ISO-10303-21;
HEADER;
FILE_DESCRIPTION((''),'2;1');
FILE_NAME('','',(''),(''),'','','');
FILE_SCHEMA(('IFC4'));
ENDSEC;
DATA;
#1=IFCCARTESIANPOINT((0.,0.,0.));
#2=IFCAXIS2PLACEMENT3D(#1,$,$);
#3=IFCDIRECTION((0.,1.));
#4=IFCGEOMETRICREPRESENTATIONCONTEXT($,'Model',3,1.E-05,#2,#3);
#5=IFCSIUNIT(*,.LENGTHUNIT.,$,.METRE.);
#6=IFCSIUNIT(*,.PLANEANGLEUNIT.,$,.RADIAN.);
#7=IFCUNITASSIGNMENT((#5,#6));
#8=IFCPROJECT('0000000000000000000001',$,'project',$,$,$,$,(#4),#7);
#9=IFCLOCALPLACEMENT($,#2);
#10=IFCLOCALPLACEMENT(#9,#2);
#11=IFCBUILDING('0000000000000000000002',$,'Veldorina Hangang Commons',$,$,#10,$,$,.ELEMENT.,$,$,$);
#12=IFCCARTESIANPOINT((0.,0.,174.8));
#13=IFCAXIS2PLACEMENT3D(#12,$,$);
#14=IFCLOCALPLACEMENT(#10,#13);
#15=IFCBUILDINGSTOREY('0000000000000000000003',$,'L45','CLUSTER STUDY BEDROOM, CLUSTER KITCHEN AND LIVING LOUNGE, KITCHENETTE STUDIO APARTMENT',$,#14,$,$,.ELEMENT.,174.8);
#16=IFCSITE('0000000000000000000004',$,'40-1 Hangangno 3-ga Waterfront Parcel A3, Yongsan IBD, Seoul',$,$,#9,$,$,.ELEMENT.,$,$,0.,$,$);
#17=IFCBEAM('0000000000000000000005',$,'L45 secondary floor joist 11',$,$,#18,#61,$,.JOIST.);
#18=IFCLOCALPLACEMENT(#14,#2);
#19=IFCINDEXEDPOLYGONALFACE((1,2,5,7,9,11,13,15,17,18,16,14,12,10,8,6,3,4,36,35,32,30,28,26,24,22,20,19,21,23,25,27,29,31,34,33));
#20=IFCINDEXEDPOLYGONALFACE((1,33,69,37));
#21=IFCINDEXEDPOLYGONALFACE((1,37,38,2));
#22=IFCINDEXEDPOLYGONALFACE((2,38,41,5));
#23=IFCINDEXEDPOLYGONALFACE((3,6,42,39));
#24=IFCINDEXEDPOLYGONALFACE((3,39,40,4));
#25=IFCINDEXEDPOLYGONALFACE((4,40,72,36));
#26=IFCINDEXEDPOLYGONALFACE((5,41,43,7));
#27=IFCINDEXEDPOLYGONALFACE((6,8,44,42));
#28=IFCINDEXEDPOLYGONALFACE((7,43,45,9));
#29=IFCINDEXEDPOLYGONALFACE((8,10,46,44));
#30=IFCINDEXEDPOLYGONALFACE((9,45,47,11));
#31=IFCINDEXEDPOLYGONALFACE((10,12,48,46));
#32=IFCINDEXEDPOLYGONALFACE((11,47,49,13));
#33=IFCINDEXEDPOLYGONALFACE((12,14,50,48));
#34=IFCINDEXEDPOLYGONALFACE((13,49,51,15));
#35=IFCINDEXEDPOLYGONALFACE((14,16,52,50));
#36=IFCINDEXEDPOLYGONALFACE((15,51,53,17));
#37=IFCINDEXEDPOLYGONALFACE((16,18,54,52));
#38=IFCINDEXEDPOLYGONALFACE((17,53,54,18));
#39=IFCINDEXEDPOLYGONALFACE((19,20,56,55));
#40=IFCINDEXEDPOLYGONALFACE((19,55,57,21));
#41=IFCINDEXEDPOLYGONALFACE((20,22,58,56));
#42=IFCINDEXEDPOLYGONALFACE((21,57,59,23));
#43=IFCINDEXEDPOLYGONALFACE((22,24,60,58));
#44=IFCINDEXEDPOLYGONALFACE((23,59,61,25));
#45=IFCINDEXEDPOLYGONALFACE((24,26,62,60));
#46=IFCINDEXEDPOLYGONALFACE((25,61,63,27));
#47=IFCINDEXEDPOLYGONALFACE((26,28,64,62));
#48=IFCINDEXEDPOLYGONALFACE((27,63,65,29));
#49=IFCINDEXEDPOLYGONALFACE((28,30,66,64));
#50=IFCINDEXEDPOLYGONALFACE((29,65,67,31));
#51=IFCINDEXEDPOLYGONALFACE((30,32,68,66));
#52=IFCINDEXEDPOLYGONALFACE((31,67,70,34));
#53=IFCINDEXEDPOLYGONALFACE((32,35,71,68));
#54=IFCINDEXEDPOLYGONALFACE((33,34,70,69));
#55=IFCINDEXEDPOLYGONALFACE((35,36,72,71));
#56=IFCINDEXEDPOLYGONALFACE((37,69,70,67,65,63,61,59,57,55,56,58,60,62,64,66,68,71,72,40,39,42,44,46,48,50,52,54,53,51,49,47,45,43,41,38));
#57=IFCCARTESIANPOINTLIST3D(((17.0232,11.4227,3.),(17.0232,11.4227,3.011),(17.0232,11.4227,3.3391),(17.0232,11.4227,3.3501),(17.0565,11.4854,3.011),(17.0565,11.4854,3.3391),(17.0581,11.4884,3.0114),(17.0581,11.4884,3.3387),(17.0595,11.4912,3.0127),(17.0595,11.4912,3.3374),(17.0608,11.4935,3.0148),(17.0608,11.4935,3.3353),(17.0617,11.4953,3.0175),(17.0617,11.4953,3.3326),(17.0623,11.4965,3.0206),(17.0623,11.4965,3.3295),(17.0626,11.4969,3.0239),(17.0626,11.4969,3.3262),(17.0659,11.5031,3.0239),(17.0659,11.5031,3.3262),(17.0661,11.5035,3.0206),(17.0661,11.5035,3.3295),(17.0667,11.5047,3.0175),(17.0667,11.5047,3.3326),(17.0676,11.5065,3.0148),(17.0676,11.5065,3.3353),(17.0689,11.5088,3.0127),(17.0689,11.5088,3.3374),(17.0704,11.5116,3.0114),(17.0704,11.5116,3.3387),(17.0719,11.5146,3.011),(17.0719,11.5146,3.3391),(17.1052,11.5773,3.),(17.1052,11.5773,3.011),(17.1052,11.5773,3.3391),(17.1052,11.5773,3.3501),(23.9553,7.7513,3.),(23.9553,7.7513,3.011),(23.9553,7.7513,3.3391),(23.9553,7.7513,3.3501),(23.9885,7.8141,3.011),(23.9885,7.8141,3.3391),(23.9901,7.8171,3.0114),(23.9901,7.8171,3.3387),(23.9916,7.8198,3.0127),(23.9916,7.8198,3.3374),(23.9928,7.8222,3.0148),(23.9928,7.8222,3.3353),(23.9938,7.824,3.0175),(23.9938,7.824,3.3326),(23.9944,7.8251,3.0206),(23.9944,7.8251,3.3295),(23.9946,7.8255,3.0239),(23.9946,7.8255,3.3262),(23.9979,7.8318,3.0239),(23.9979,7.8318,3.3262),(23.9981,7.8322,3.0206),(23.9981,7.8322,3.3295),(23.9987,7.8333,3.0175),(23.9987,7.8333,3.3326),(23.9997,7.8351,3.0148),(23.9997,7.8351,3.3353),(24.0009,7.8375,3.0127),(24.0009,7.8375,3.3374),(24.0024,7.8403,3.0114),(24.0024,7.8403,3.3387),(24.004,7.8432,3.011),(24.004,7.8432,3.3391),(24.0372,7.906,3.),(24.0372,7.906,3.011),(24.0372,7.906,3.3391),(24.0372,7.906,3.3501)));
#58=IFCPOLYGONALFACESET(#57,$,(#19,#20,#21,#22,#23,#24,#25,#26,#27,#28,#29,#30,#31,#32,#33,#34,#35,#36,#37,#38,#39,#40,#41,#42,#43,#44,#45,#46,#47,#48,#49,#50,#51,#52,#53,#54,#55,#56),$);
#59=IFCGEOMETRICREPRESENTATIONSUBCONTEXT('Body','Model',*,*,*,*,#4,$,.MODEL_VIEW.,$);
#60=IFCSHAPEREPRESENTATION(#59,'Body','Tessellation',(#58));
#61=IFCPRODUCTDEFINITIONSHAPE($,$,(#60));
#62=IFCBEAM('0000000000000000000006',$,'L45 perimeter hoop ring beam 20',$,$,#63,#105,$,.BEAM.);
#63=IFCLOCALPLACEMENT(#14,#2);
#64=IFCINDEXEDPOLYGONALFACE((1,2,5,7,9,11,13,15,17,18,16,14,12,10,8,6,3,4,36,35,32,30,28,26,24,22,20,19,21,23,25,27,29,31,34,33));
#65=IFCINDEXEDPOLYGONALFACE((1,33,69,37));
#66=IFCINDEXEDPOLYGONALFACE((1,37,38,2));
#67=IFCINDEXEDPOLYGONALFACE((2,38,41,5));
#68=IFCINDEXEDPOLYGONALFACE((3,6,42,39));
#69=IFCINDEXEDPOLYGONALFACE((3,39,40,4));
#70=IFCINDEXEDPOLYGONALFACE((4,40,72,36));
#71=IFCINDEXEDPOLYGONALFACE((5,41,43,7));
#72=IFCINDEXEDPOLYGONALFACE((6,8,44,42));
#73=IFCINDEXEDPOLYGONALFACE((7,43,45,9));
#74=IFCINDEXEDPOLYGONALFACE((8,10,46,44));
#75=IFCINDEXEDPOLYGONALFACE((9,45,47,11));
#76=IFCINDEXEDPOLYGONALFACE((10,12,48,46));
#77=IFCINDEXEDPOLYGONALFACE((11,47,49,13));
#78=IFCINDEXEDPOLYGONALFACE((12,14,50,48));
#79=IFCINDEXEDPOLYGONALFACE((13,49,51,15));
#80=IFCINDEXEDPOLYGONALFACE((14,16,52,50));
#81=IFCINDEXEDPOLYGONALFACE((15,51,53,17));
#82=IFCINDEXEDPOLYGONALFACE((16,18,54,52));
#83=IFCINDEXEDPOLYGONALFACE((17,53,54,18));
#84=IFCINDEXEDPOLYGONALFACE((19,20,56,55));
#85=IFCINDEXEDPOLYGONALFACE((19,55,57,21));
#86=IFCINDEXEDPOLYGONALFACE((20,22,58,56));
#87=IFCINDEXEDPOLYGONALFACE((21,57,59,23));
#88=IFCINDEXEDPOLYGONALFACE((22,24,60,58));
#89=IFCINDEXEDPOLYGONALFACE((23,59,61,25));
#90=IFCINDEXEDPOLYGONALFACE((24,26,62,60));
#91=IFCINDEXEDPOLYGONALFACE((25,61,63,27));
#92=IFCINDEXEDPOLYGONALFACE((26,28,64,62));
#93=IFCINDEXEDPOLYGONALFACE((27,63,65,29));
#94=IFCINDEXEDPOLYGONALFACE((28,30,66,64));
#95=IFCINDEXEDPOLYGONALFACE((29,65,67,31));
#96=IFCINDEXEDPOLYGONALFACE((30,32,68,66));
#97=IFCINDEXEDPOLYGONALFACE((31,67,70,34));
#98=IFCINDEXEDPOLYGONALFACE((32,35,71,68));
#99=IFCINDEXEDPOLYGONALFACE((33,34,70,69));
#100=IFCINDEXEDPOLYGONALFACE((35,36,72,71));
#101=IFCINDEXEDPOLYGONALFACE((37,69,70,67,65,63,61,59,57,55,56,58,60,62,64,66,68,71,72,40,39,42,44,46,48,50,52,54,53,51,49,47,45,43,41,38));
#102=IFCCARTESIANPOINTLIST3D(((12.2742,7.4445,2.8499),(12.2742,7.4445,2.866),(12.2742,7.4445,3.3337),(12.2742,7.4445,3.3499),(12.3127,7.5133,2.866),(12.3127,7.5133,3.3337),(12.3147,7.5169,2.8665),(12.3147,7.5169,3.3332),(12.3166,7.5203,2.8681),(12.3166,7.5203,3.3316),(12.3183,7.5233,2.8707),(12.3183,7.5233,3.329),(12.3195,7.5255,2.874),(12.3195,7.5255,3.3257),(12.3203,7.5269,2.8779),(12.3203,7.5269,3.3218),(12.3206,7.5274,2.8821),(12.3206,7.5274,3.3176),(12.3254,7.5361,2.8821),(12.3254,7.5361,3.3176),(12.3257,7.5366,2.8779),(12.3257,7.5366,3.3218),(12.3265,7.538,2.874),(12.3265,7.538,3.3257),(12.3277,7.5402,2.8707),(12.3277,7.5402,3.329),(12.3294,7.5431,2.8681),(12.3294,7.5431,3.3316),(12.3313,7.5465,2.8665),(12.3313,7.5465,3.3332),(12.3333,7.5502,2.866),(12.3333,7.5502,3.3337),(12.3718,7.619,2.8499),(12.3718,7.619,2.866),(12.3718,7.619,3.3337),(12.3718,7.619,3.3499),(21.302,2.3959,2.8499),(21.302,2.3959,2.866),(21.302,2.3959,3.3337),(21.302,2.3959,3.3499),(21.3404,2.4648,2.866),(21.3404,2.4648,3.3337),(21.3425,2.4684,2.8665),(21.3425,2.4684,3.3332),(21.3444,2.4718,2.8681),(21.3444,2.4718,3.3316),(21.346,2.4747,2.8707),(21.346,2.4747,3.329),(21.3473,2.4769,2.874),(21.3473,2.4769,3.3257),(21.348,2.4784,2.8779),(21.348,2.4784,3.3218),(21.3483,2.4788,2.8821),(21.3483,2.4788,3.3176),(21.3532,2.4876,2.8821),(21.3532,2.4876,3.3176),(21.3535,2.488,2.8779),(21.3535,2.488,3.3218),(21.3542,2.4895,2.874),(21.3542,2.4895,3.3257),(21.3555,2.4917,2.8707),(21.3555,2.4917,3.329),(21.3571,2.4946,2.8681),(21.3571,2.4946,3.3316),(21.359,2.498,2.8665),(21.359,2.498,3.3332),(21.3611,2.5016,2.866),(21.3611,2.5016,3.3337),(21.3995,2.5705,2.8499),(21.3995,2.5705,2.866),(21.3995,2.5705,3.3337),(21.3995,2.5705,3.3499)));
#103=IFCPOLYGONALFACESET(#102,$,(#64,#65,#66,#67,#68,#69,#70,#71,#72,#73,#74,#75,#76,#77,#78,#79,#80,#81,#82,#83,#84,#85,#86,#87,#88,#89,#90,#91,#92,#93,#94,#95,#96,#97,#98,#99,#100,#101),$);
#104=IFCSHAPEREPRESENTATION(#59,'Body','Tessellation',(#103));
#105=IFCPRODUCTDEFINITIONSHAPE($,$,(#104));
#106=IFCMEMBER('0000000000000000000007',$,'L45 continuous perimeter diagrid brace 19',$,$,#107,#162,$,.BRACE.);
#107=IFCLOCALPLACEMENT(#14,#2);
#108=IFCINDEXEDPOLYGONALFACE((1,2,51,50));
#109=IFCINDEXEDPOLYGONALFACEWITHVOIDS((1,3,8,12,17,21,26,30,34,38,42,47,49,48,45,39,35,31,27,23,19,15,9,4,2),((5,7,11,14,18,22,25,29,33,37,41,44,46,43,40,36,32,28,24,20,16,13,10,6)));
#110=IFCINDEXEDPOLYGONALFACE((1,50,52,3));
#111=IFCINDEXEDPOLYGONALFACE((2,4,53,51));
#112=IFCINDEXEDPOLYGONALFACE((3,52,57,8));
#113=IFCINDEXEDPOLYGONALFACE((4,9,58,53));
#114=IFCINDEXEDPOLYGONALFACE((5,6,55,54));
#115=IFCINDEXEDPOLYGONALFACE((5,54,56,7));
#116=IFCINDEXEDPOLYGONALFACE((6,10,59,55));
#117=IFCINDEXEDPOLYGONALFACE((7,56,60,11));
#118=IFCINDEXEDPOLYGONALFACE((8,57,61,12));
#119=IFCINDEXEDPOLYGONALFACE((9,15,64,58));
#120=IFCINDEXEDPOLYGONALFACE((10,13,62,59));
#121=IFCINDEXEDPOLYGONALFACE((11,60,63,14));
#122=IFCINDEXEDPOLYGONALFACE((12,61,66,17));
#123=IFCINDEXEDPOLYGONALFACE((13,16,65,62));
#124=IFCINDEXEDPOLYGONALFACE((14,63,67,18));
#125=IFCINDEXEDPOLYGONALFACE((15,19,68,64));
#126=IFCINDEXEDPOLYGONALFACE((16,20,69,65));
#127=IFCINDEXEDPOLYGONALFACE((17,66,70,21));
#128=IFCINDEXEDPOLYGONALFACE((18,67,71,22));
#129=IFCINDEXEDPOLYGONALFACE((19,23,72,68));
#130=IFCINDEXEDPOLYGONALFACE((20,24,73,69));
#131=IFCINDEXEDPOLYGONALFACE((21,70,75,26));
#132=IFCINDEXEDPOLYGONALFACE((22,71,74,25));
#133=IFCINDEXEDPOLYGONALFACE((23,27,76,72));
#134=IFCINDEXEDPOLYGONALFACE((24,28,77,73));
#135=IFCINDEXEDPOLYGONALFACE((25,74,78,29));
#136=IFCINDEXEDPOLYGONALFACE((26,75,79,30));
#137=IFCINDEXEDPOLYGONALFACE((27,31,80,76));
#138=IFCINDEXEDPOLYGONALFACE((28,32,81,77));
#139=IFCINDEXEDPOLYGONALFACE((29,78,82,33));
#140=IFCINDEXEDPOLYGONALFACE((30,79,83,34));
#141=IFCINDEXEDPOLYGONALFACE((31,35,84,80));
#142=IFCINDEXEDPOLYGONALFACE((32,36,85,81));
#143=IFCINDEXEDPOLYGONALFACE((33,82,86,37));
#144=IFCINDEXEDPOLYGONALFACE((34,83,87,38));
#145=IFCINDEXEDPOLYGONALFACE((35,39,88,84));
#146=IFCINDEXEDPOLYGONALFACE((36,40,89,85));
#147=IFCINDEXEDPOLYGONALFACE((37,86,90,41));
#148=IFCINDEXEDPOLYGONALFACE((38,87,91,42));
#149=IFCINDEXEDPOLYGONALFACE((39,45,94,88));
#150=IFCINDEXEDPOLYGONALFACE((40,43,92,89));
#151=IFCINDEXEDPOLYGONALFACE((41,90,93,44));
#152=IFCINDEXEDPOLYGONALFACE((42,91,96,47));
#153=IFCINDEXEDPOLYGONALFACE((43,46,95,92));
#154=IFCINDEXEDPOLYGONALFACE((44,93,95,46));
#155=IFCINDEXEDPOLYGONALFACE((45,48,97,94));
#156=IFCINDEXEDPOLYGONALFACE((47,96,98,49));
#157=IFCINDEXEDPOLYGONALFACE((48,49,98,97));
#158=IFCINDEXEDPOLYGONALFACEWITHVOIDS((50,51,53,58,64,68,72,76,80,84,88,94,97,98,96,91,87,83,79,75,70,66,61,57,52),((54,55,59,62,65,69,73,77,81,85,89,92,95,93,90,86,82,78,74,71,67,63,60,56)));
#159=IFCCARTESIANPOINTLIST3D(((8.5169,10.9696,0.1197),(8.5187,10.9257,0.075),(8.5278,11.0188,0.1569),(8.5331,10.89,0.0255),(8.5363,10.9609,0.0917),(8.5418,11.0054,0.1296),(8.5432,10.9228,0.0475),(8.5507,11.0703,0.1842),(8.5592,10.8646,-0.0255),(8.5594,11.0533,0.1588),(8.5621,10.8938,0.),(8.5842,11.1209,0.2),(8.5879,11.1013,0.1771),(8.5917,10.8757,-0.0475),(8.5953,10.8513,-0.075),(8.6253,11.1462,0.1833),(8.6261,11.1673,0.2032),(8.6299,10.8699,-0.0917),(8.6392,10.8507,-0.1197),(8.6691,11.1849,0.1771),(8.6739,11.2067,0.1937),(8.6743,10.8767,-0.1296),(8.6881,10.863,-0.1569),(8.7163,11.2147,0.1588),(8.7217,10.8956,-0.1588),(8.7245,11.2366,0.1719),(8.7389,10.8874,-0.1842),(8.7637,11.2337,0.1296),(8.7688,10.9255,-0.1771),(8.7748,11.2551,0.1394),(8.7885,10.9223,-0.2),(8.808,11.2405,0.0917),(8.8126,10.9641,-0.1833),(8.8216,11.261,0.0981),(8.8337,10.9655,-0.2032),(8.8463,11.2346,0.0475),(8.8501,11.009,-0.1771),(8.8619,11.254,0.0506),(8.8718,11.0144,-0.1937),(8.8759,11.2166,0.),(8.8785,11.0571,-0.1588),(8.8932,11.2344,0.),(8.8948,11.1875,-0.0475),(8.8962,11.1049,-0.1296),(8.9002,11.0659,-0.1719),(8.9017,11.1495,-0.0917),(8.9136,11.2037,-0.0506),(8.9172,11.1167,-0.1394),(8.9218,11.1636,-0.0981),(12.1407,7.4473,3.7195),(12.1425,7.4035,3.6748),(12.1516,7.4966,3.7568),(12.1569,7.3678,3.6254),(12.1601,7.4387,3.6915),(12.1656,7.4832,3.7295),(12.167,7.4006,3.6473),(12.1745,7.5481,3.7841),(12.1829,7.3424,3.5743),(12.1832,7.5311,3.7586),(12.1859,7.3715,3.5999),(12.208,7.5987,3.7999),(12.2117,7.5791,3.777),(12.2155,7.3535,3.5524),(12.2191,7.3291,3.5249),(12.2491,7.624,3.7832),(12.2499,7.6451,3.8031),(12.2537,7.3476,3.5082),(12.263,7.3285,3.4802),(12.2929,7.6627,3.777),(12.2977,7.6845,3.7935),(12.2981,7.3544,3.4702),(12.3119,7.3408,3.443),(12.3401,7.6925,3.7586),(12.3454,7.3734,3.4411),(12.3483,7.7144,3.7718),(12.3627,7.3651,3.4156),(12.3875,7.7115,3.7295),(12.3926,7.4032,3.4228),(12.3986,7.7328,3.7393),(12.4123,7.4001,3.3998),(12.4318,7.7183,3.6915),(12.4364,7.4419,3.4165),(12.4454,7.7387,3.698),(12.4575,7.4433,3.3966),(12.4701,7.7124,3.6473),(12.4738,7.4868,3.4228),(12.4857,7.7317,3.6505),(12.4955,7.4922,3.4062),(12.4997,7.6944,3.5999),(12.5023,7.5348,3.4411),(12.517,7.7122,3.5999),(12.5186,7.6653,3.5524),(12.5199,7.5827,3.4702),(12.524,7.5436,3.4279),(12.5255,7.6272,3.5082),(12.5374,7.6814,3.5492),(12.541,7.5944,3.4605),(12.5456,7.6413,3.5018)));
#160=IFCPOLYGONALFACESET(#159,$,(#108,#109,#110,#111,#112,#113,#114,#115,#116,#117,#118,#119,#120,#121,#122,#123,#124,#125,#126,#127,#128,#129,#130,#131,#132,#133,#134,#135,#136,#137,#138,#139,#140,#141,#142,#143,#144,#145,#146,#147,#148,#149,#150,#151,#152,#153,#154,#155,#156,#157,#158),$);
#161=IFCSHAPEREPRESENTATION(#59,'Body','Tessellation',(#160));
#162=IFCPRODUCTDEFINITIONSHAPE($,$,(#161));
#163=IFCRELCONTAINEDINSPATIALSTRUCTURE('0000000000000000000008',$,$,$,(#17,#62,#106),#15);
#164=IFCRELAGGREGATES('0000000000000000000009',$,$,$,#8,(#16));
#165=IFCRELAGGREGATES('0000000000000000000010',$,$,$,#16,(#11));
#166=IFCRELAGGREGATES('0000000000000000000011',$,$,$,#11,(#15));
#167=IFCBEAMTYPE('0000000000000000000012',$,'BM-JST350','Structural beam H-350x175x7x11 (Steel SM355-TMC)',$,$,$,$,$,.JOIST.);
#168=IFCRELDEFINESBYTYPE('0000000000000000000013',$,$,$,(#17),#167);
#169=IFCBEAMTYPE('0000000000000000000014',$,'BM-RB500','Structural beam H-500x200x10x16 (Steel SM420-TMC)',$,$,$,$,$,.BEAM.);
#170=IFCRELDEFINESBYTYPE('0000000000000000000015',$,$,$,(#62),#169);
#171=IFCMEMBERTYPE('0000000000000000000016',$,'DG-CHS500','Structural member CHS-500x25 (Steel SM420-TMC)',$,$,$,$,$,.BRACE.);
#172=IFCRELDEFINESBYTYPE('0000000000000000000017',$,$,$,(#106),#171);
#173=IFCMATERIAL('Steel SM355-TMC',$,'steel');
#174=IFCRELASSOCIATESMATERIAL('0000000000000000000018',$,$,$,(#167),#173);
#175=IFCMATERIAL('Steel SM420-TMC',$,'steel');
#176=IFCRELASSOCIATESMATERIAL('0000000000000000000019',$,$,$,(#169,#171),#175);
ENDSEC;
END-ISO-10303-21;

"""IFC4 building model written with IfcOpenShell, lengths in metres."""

from ifc_helpers import new_model, si_unit, direction, frame, origin, origin_2d, place, context, subcontext, project, spatial, hollow_circle, i_section, extrude, material, material_profile, profile_set, type_object, element, save


model = new_model("IFC4")

# Units and contexts
model_context = context("Model", 3, precision=1e-05, world=origin(), true_north=direction((0.0, 1.0)))
body_context = subcontext(model_context, "Body", "Model", "MODEL_VIEW")
ifc_project = project(units=[si_unit("LENGTHUNIT", "METRE"), si_unit("PLANEANGLEUNIT", "RADIAN")], contexts=[model_context])

# Site, building, storey
site_placement = place(None, origin())
site = spatial("IfcSite", under=ifc_project, at=site_placement, Name="40-1 Hangangno 3-ga Waterfront Parcel A3, Yongsan IBD, Seoul", CompositionType="ELEMENT", RefElevation=0.0)
building_placement = place(site_placement, origin())
building = spatial("IfcBuilding", under=site, at=building_placement, Name="Veldorina Hangang Commons", CompositionType="ELEMENT")
storey_placement = place(building_placement, frame((0.0, 0.0, 174.8)))
storey = spatial("IfcBuildingStorey", under=building, at=storey_placement, Name="L45", Description="CLUSTER STUDY BEDROOM, CLUSTER KITCHEN AND LIVING LOUNGE, KITCHENETTE STUDIO APARTMENT", CompositionType="ELEMENT", Elevation=174.8)

# Beams
ifc_material_1 = material(Name="Steel SM355-TMC", Category="steel")
ifc_material_profile_1 = material_profile(ifc_material_1, i_section(OverallWidth=0.175, OverallDepth=0.3501, WebThickness=0.0071, FlangeThickness=0.011, FilletRadius=0.0129, at=origin_2d()), Name="H-350x175x7x11")
ifc_profile_set_1 = profile_set([ifc_material_profile_1], Name="Steel SM355-TMC")
beam_type_1 = type_object("IfcBeamType", Name="BM-JST350", Description="Structural beam H-350x175x7x11 (Steel SM355-TMC)", PredefinedType="JOIST", material=ifc_profile_set_1)
beam_1_placement = place(storey_placement, frame((17.0642, 11.5, 3.175), z_axis=(0.883712, -0.468031, 0.0), x_axis=(0.468031, 0.883712, 0.0)))
element("IfcBeam", 1, at=beam_1_placement, inside=storey, type_object=beam_type_1, Name="L45 secondary floor joist 11", PredefinedType="JOIST", context=body_context, shape_type="SweptSolid", body=[
    extrude(i_section(OverallWidth=0.175, OverallDepth=0.3501, WebThickness=0.0071, FlangeThickness=0.011, FilletRadius=0.0129, at=origin_2d()), origin(), (0.0, 0.0, 1.0), 7.8442),
])
ifc_material_2 = material(Name="Steel SM420-TMC", Category="steel")
ifc_material_profile_2 = material_profile(ifc_material_2, i_section(OverallWidth=0.2, OverallDepth=0.5, WebThickness=0.01, FlangeThickness=0.0161, FilletRadius=0.0161, at=origin_2d()), Name="H-500x200x10x16")
ifc_profile_set_2 = profile_set([ifc_material_profile_2], Name="Steel SM420-TMC")
beam_type_2 = type_object("IfcBeamType", Name="BM-RB500", Description="Structural beam H-500x200x10x16 (Steel SM420-TMC)", PredefinedType="BEAM", material=ifc_profile_set_2)
beam_2_placement = place(storey_placement, frame((12.323, 7.5317, 3.0999), z_axis=(0.872794, -0.488088, 0.0), x_axis=(0.488088, 0.872794, 0.0)))
element("IfcBeam", 2, at=beam_2_placement, inside=storey, type_object=beam_type_2, Name="L45 perimeter hoop ring beam 20", PredefinedType="BEAM", context=body_context, shape_type="SweptSolid", body=[
    extrude(i_section(OverallWidth=0.2, OverallDepth=0.5, WebThickness=0.01, FlangeThickness=0.0161, FilletRadius=0.0161, at=origin_2d()), origin(), (0.0, 0.0, 1.0), 10.3435),
])

# Member
ifc_material_profile_3 = material_profile(ifc_material_2, hollow_circle(Radius=0.25, WallThickness=0.0249, at=origin_2d()), Name="CHS-500x25")
ifc_profile_set_3 = profile_set([ifc_material_profile_3], Name="Steel SM420-TMC")
member_type = type_object("IfcMemberType", Name="DG-CHS500", Description="Structural member CHS-500x25 (Steel SM420-TMC)", PredefinedType="BRACE", material=ifc_profile_set_3)
member_1_placement = place(storey_placement, frame((8.719, 11.0552, 0.0), z_axis=(0.58405, -0.567681, 0.580194), x_axis=(0.696987, 0.717084, 0.0)))
element("IfcMember", 3, at=member_1_placement, inside=storey, type_object=member_type, Name="L45 continuous perimeter diagrid brace 19", PredefinedType="BRACE", context=body_context, shape_type="SweptSolid", body=[
    extrude(hollow_circle(Radius=0.25, WallThickness=0.0249, at=origin_2d()), origin(), (0.0, 0.0, 1.0), 6.2046),
])

save(model, "model.ifc")
